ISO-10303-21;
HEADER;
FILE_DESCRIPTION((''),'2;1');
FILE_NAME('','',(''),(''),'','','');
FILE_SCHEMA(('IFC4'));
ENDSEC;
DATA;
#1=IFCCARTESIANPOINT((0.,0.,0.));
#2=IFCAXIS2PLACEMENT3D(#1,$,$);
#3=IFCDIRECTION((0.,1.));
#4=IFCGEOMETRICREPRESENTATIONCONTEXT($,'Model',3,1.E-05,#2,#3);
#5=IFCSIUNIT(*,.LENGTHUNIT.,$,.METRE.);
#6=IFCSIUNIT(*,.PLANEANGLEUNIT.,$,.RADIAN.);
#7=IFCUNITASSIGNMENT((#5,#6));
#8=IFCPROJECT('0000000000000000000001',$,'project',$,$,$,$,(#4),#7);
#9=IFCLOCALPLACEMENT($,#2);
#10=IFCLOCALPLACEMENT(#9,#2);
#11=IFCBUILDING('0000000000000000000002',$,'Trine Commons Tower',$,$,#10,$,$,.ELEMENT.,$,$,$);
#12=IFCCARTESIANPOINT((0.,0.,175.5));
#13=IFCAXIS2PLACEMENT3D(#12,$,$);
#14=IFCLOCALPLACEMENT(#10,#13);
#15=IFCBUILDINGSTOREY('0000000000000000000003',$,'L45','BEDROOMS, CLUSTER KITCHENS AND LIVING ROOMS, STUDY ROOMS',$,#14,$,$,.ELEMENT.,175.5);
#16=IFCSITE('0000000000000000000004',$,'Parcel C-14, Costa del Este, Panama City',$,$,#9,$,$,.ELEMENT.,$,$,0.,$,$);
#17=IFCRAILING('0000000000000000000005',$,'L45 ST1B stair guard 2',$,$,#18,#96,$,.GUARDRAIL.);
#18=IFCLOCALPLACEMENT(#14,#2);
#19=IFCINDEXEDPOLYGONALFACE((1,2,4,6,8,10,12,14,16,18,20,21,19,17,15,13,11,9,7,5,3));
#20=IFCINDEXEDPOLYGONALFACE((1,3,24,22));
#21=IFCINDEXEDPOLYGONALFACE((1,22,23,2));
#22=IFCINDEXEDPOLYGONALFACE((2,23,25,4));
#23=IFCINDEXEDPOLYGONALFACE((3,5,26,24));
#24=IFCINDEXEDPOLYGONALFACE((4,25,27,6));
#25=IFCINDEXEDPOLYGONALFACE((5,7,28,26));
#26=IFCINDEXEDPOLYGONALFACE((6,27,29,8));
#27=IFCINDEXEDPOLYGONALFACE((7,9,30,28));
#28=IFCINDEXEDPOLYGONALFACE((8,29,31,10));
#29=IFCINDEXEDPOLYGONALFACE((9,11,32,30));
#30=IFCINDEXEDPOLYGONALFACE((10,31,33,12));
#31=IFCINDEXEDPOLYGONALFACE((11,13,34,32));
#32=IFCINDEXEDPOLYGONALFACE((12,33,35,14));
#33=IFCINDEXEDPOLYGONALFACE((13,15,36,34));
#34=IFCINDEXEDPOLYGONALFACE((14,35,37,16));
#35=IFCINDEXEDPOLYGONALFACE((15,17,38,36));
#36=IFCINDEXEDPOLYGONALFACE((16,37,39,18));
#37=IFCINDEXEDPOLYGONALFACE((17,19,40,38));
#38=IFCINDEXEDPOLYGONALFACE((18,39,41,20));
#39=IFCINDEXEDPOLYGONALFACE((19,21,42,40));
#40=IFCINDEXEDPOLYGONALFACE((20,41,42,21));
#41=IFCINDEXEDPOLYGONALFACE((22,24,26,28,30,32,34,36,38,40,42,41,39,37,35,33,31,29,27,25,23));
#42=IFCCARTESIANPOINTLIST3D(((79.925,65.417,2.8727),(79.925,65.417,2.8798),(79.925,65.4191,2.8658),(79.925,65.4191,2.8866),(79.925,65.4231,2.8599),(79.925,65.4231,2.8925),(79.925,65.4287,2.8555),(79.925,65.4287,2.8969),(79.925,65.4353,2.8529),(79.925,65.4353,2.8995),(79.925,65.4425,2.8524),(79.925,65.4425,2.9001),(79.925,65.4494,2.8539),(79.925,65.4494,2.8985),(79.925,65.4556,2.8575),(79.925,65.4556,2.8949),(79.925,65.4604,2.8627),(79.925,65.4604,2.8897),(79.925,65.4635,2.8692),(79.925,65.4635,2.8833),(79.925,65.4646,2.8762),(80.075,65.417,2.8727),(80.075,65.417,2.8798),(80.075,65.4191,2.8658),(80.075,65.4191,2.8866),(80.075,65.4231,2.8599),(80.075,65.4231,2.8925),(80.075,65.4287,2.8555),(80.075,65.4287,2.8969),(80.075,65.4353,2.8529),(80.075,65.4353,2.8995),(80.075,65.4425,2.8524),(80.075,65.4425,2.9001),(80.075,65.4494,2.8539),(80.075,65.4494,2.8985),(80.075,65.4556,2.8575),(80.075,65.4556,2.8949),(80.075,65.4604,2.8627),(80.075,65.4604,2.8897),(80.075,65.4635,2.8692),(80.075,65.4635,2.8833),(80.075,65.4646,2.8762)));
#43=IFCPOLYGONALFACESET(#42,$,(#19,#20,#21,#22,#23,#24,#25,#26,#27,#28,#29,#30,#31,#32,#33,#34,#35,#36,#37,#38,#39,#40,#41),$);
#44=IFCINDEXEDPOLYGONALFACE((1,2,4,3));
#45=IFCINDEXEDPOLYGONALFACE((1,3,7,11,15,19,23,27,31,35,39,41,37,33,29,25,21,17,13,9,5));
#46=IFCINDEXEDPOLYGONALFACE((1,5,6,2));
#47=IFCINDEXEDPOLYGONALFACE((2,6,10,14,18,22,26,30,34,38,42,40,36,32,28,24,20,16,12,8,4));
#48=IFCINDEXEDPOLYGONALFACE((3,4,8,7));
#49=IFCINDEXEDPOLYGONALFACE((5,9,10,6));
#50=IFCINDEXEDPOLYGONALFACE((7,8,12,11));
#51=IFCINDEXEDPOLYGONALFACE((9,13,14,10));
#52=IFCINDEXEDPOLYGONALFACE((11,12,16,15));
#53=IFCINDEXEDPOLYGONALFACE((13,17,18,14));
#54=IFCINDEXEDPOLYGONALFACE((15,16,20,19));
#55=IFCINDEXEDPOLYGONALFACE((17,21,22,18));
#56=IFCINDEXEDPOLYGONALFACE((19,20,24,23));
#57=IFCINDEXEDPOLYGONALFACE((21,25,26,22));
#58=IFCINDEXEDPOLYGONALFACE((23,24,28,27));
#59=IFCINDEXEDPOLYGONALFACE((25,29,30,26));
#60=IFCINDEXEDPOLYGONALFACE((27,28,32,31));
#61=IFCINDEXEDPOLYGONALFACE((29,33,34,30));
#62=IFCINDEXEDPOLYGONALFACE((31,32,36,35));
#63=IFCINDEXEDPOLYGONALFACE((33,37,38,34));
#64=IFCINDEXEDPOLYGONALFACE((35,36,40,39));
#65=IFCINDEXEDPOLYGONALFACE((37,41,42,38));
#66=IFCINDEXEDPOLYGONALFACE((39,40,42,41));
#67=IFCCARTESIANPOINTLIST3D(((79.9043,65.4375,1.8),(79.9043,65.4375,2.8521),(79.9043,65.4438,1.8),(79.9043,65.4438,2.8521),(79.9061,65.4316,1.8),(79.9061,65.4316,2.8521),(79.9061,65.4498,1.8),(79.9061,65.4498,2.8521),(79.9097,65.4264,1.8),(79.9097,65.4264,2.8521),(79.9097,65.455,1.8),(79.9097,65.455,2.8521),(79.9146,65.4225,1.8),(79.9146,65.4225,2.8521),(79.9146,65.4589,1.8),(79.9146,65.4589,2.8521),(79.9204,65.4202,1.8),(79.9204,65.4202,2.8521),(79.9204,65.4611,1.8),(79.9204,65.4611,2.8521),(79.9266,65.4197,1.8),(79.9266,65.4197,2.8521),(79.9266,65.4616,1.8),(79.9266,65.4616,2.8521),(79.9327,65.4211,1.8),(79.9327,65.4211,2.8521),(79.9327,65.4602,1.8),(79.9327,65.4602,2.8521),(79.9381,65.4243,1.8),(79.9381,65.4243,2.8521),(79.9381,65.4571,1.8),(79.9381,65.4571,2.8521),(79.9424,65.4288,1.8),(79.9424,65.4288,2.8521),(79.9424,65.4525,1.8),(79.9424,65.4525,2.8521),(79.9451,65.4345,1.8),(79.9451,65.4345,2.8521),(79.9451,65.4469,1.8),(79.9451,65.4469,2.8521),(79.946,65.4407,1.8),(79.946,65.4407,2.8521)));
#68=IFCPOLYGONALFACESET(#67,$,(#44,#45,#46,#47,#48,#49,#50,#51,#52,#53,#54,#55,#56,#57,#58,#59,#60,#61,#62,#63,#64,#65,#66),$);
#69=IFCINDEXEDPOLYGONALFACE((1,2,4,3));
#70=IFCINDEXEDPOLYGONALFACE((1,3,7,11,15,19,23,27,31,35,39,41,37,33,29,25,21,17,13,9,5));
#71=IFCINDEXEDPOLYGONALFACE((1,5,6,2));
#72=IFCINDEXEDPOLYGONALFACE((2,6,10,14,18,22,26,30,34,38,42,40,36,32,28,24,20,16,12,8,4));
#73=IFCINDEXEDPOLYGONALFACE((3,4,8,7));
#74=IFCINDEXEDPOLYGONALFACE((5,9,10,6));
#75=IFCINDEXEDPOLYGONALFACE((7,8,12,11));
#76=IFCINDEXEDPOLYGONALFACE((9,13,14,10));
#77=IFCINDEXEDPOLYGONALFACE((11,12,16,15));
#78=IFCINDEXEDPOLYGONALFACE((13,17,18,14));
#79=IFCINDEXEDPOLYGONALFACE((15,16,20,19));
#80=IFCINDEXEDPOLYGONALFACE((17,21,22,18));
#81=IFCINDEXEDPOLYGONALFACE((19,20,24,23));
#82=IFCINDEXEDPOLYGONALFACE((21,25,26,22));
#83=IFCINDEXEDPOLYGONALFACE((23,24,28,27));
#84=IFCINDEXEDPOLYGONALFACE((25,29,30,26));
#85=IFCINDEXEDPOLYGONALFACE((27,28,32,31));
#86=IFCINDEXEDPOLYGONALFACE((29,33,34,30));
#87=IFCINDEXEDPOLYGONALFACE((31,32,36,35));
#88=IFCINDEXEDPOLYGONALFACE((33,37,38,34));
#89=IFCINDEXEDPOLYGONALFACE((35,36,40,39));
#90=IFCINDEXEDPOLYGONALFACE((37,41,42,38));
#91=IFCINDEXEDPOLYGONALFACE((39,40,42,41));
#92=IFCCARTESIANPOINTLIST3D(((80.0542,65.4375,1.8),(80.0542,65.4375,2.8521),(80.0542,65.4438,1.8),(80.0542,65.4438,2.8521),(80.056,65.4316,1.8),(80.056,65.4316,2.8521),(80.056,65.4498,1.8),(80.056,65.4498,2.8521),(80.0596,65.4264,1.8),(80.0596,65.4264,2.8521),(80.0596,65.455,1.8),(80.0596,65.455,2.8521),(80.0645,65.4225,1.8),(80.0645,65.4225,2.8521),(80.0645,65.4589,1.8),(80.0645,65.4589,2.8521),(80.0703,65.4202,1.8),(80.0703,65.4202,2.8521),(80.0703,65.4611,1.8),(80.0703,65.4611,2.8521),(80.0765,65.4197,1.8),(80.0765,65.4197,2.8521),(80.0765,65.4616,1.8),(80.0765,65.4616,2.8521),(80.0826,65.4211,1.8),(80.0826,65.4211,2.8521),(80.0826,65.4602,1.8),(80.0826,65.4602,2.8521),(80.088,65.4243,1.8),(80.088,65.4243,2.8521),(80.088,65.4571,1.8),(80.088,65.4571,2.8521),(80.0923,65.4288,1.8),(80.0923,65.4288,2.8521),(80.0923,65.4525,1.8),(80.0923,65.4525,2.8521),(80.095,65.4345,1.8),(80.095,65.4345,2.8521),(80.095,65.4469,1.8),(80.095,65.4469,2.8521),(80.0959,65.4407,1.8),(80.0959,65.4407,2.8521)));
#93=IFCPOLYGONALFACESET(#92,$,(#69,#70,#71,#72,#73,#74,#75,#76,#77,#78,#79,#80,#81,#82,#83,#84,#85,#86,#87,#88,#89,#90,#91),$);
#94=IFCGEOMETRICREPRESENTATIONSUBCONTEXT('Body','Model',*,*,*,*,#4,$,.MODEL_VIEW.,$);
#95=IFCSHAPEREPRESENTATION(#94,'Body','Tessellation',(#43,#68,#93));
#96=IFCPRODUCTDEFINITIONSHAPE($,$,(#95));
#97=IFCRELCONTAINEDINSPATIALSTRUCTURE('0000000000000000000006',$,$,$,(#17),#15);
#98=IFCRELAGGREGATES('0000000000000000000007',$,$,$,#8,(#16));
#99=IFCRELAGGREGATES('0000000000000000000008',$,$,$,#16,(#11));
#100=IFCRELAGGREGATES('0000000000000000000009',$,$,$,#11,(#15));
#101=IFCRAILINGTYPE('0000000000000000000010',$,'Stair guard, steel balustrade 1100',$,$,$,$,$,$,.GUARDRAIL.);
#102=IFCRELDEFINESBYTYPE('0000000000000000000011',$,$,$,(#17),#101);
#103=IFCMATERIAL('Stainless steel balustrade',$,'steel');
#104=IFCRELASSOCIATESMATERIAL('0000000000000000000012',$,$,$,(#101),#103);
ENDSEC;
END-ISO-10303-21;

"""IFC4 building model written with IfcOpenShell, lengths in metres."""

from ifc_helpers import new_model, si_unit, direction, frame, origin, origin_2d, place, context, subcontext, project, spatial, circle, extrude, material, type_object, element, save


model = new_model("IFC4")

# Units and contexts
model_context = context("Model", 3, precision=1e-05, world=origin(), true_north=direction((0.0, 1.0)))
body_context = subcontext(model_context, "Body", "Model", "MODEL_VIEW")
ifc_project = project(units=[si_unit("LENGTHUNIT", "METRE"), si_unit("PLANEANGLEUNIT", "RADIAN")], contexts=[model_context])

# Site, building, storey
site_placement = place(None, origin())
site = spatial("IfcSite", under=ifc_project, at=site_placement, Name="Parcel C-14, Costa del Este, Panama City", CompositionType="ELEMENT", RefElevation=0.0)
building_placement = place(site_placement, origin())
building = spatial("IfcBuilding", under=site, at=building_placement, Name="Trine Commons Tower", CompositionType="ELEMENT")
storey_placement = place(building_placement, frame((0.0, 0.0, 175.5)))
storey = spatial("IfcBuildingStorey", under=building, at=storey_placement, Name="L45", Description="BEDROOMS, CLUSTER KITCHENS AND LIVING ROOMS, STUDY ROOMS", CompositionType="ELEMENT", Elevation=175.5)

# Railing
ifc_material_1 = material(Name="Stainless steel balustrade", Category="steel")
railing_type_1 = type_object("IfcRailingType", Name="Stair guard, steel balustrade 1100", PredefinedType="GUARDRAIL", material=ifc_material_1)
railing_1_placement = place(storey_placement, frame((79.925, 65.4407, 1.8)))
element("IfcRailing", 1, at=railing_1_placement, inside=storey, type_object=railing_type_1, Name="L45 ST1B stair guard 2", PredefinedType="GUARDRAIL", context=body_context, shape_type="SweptSolid", body=[
    extrude(circle(Radius=0.0239, at=origin_2d()), frame((0.0, 0.0, 1.0762), z_axis=(1.0, 0.0, 0.0), x_axis=(0.0, 1.0, 0.0)), (0.0, 0.0, 1.0), 0.1499),
    extrude(circle(Radius=0.021, at=origin_2d()), origin(), (0.0, 0.0, 1.0), 1.052),
    extrude(circle(Radius=0.021, at=origin_2d()), frame((0.1499, 0.0, 0.0)), (0.0, 0.0, 1.0), 1.052),
])

save(model, "model.ifc")
